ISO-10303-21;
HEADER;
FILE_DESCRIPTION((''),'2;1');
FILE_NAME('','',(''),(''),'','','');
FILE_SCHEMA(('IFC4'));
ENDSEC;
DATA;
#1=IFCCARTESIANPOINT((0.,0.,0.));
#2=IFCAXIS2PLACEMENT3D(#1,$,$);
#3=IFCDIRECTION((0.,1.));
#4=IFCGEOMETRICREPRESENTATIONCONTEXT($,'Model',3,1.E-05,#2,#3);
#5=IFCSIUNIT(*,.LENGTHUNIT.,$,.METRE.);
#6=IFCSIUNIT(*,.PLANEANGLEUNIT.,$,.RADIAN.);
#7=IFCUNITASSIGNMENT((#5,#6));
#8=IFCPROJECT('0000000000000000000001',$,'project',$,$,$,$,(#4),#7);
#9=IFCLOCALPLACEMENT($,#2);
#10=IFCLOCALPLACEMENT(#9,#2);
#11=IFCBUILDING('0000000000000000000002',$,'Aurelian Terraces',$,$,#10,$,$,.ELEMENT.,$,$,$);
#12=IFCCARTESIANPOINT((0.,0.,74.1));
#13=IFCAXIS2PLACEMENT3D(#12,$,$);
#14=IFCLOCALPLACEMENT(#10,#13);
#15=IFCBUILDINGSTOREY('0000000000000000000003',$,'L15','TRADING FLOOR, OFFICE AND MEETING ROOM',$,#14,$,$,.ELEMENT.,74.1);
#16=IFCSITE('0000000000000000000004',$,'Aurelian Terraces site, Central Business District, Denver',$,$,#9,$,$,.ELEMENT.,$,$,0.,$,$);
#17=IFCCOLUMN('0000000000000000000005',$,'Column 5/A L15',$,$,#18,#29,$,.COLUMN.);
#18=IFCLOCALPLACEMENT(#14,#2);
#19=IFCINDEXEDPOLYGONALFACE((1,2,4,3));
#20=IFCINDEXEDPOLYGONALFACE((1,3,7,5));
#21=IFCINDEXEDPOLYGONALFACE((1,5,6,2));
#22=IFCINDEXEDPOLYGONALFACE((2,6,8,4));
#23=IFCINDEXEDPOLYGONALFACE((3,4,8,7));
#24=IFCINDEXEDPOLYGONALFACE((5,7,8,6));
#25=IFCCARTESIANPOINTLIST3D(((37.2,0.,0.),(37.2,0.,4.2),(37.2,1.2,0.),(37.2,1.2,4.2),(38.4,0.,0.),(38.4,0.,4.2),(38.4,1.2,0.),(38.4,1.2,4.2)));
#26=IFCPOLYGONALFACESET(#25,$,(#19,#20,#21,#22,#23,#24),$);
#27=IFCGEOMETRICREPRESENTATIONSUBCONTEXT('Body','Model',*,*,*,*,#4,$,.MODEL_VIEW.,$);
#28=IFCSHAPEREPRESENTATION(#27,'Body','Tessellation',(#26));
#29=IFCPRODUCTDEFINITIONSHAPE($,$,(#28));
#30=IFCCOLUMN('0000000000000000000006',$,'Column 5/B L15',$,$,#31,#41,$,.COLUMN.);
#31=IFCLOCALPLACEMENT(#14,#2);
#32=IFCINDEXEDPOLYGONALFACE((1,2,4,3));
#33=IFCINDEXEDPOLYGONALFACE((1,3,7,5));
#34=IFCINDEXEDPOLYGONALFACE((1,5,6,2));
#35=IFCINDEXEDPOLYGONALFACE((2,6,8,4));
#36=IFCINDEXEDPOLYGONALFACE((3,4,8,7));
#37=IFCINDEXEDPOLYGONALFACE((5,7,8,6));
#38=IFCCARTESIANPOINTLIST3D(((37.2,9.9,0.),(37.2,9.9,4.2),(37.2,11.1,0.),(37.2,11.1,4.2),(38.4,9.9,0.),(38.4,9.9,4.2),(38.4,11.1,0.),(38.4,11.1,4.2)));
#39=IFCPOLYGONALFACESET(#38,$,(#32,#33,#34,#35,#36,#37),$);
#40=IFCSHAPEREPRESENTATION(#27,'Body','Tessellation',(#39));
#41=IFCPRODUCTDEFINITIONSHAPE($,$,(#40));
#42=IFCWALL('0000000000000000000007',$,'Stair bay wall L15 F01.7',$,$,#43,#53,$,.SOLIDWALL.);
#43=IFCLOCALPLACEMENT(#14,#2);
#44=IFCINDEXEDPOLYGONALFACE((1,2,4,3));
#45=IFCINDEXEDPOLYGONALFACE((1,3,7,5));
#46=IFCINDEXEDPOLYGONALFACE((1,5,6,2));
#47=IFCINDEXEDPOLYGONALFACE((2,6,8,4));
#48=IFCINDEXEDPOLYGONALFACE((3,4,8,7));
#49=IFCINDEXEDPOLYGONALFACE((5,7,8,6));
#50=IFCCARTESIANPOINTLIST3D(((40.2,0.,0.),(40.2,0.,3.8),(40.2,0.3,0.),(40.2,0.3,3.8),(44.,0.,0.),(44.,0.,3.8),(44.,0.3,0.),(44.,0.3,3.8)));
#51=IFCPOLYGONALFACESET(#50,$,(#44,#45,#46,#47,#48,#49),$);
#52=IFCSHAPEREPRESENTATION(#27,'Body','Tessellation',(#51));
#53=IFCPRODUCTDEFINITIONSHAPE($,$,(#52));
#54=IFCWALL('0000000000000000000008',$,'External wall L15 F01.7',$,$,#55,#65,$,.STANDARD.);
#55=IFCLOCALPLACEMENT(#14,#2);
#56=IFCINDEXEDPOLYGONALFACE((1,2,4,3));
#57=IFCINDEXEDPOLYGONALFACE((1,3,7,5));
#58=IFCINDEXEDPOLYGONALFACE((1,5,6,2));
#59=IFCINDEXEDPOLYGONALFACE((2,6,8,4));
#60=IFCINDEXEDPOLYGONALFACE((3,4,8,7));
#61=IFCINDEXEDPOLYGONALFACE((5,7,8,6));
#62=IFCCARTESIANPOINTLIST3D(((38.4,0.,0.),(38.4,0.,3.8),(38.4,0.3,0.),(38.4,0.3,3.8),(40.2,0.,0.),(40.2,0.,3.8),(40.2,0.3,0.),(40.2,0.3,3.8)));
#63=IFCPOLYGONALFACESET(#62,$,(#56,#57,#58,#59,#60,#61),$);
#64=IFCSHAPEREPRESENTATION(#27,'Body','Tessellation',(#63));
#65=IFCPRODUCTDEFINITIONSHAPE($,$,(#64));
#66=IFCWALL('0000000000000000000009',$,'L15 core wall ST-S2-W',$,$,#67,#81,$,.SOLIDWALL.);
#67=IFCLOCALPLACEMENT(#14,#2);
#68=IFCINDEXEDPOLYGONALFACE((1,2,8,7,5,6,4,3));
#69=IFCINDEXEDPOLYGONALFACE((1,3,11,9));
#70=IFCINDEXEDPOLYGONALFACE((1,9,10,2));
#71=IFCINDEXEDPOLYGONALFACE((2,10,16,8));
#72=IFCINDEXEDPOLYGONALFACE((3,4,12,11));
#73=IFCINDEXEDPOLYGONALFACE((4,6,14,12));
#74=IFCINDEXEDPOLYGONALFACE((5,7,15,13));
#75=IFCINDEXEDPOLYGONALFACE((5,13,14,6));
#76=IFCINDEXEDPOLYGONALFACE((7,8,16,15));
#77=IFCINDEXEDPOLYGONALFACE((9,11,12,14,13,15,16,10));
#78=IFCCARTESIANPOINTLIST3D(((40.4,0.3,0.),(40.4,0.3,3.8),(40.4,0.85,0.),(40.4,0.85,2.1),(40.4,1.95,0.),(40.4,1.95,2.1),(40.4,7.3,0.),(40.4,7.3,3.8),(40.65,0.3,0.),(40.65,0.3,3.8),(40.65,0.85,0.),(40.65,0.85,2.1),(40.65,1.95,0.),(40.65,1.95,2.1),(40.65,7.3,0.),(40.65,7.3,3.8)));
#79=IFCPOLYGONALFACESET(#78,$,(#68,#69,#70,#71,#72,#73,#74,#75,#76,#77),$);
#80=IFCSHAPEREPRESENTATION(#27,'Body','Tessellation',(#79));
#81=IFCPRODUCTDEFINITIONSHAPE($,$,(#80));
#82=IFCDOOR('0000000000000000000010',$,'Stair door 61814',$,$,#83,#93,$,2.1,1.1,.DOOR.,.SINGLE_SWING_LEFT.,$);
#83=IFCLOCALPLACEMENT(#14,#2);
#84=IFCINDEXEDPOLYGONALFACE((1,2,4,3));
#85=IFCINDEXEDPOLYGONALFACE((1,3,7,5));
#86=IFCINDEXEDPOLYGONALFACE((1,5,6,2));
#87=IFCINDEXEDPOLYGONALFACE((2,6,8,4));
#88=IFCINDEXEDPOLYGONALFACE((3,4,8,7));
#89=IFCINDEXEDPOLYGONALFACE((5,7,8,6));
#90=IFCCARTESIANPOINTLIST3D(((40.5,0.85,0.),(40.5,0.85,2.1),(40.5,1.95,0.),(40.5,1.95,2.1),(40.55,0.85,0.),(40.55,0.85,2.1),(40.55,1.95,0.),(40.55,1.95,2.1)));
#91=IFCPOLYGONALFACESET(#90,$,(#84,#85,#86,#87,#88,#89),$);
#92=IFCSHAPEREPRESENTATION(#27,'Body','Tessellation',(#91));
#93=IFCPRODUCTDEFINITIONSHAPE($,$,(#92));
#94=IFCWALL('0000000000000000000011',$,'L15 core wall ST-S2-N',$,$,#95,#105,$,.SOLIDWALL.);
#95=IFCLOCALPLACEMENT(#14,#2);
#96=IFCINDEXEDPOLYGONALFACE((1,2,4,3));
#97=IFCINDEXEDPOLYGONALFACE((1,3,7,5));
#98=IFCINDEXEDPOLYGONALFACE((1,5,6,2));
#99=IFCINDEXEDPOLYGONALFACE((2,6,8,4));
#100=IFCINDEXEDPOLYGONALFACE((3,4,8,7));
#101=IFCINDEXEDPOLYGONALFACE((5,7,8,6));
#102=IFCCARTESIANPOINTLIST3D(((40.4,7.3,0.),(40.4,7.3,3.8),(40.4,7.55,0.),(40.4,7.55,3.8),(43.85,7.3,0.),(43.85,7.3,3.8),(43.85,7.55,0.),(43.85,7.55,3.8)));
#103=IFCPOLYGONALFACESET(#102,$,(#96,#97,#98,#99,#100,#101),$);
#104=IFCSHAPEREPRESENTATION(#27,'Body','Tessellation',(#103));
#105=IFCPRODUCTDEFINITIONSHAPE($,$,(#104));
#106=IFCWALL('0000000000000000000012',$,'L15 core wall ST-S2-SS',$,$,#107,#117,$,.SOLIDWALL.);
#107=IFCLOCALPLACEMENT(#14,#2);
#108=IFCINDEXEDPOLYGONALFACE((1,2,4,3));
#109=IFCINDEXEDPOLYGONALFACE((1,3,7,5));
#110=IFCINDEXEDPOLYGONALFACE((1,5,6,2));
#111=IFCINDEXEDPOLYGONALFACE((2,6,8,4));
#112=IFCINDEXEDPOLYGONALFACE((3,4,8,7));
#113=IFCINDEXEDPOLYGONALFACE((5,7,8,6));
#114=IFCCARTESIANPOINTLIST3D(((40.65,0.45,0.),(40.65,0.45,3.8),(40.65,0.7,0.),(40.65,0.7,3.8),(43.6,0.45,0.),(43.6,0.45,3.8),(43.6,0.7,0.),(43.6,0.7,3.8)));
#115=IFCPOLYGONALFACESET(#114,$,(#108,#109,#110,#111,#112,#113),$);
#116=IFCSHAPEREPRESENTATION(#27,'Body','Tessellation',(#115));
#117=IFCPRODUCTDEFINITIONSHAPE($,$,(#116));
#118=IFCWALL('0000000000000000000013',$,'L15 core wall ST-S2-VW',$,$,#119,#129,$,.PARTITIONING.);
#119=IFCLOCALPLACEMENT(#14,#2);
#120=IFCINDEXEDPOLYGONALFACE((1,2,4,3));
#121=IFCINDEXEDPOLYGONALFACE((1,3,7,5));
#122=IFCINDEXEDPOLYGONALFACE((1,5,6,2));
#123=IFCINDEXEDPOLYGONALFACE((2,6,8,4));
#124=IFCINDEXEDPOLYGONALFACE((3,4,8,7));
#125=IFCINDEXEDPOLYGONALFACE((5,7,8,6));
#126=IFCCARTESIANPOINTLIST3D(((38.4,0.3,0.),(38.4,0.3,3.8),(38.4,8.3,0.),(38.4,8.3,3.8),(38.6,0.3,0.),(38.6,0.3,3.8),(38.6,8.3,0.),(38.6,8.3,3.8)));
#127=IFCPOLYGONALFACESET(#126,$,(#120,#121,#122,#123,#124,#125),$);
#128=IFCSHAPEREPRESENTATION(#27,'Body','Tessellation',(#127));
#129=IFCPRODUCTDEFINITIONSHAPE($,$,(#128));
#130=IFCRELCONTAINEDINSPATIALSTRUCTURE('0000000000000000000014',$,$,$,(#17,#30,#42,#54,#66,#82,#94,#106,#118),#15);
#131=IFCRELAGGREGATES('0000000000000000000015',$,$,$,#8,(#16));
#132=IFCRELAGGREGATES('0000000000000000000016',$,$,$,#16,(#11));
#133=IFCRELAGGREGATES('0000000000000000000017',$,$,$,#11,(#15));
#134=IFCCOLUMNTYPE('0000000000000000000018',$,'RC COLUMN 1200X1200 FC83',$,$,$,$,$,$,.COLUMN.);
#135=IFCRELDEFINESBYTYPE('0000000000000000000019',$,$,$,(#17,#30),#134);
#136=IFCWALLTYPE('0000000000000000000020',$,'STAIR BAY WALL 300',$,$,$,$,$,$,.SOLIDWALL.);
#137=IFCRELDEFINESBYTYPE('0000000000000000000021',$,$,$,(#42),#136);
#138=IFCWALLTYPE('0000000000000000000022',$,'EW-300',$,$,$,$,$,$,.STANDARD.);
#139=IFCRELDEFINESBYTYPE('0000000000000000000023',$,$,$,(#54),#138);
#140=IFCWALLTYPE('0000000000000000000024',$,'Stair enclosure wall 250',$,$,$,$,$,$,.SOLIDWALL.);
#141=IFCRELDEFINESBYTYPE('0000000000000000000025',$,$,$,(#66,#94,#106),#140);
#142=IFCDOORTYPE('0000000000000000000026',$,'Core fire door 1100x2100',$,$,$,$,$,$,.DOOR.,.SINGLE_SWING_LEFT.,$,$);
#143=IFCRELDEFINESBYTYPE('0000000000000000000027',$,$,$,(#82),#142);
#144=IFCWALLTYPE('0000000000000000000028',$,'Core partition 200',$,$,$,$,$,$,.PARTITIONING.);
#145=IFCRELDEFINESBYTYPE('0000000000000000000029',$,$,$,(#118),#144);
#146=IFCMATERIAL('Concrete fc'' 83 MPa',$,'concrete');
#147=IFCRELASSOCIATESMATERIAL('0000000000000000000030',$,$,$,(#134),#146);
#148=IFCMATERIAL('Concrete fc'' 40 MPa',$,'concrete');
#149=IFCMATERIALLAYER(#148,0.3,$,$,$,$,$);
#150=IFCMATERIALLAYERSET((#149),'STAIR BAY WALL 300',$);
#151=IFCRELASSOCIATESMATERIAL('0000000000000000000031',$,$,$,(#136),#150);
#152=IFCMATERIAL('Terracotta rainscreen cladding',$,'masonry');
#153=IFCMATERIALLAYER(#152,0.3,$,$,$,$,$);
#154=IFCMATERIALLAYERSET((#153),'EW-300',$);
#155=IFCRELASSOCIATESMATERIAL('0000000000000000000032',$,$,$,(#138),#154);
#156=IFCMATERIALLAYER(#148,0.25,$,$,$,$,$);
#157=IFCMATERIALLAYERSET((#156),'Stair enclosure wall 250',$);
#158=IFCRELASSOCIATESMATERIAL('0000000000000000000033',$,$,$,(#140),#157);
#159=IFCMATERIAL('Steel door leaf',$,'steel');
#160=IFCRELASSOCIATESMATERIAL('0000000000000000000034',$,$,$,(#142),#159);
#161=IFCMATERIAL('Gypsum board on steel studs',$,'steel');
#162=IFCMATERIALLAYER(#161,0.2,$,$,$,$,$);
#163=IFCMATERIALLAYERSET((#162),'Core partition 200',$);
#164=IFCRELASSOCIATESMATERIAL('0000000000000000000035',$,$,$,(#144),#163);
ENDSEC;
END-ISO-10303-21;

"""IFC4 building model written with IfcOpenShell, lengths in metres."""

from ifc_helpers import new_model, si_unit, direction, frame, frame_2d, origin, origin_2d, place, context, subcontext, project, spatial, rectangle, extrude, source, transform, mapped, material, layer, layer_set, material_profile, profile_set, type_object, element, fill, save


model = new_model("IFC4")

# Units and contexts
model_context = context("Model", 3, precision=1e-05, world=origin(), true_north=direction((0.0, 1.0)))
body_context = subcontext(model_context, "Body", "Model", "MODEL_VIEW")
ifc_project = project(units=[si_unit("LENGTHUNIT", "METRE"), si_unit("PLANEANGLEUNIT", "RADIAN")], contexts=[model_context])

# Site, building, storey
site_placement = place(None, origin())
site = spatial("IfcSite", under=ifc_project, at=site_placement, Name="Aurelian Terraces site, Central Business District, Denver", CompositionType="ELEMENT", RefElevation=0.0)
building_placement = place(site_placement, origin())
building = spatial("IfcBuilding", under=site, at=building_placement, Name="Aurelian Terraces", CompositionType="ELEMENT")
storey_placement = place(building_placement, frame((0.0, 0.0, 74.1)))
storey = spatial("IfcBuildingStorey", under=building, at=storey_placement, Name="L15", Description="TRADING FLOOR, OFFICE AND MEETING ROOM", CompositionType="ELEMENT", Elevation=74.1)

# Columns
ifc_material_1 = material(Name="Concrete fc' 83 MPa", Category="concrete")
ifc_material_profile = material_profile(ifc_material_1, rectangle(XDim=1.2, YDim=1.2, at=origin_2d()))
ifc_profile_set = profile_set([ifc_material_profile], Name="Concrete fc' 83 MPa")
column_type = type_object("IfcColumnType", Name="RC COLUMN 1200X1200 FC83", PredefinedType="COLUMN", material=ifc_profile_set)
shared_shape_1 = source(origin(), body_context, "Body", "SweptSolid", [
    extrude(rectangle(XDim=1.2, YDim=1.2, at=origin_2d()), origin(), (0.0, 0.0, 1.0), 4.2),
])
for number, where, z_axis, x_axis, name in (
    (1, (37.8, 0.6, 0.0), (0.0, 0.0, 1.0), (1.0, 0.0, 0.0), "Column 5/A L15"),
    (2, (37.8, 10.5, 0.0), (0.0, 0.0, 1.0), (1.0, 0.0, 0.0), "Column 5/B L15"),
):
    element("IfcColumn", number, at=place(storey_placement, frame(where, z_axis=z_axis, x_axis=x_axis)), inside=storey, type_object=column_type, Name=name, PredefinedType="COLUMN", context=body_context, shape_type="MappedRepresentation", body=[
        mapped(shared_shape_1, transform((0.0, 0.0, 0.0), scale=1.0)),
    ])

# Walls
ifc_material_2 = material(Name="Concrete fc' 40 MPa", Category="concrete")
ifc_layer_1 = layer(ifc_material_2, 0.3)
ifc_layer_set_1 = layer_set([ifc_layer_1], Name="STAIR BAY WALL 300")
wall_type_1 = type_object("IfcWallType", Name="STAIR BAY WALL 300", PredefinedType="SOLIDWALL", material=ifc_layer_set_1)
shared_shape_2 = source(origin(), body_context, "Body", "SweptSolid", [
    extrude(rectangle(XDim=3.8, YDim=0.3, at=frame_2d((1.9, 0.0))), origin(), (0.0, 0.0, 1.0), 3.8),
])
wall_1_placement = place(storey_placement, frame((40.2, 0.15, 0.0), z_axis=(0.0, 0.0, 1.0), x_axis=(1.0, 0.0, 0.0)))
element("IfcWall", 3, at=wall_1_placement, inside=storey, type_object=wall_type_1, Name="Stair bay wall L15 F01.7", PredefinedType="SOLIDWALL", context=body_context, shape_type="MappedRepresentation", body=[
    mapped(shared_shape_2, transform((0.0, 0.0, 0.0), scale=1.0)),
])
ifc_material_3 = material(Name="Terracotta rainscreen cladding", Category="masonry")
ifc_layer_2 = layer(ifc_material_3, 0.3)
ifc_layer_set_2 = layer_set([ifc_layer_2], Name="EW-300")
wall_type_2 = type_object("IfcWallType", Name="EW-300", PredefinedType="STANDARD", material=ifc_layer_set_2)
shared_shape_3 = source(origin(), body_context, "Body", "SweptSolid", [
    extrude(rectangle(XDim=1.8, YDim=0.3, at=frame_2d((0.9, 0.0))), origin(), (0.0, 0.0, 1.0), 3.8),
])
wall_2_placement = place(storey_placement, frame((38.4, 0.15, 0.0), z_axis=(0.0, 0.0, 1.0), x_axis=(1.0, 0.0, 0.0)))
element("IfcWall", 4, at=wall_2_placement, inside=storey, type_object=wall_type_2, Name="External wall L15 F01.7", PredefinedType="STANDARD", context=body_context, shape_type="MappedRepresentation", body=[
    mapped(shared_shape_3, transform((0.0, 0.0, 0.0), scale=1.0)),
])

# Wall, opening, door
ifc_layer_3 = layer(ifc_material_2, 0.25)
ifc_layer_set_3 = layer_set([ifc_layer_3], Name="Stair enclosure wall 250")
wall_type_3 = type_object("IfcWallType", Name="Stair enclosure wall 250", PredefinedType="SOLIDWALL", material=ifc_layer_set_3)
shared_shape_4 = source(origin(), body_context, "Body", "SweptSolid", [
    extrude(rectangle(XDim=7.0, YDim=0.25, at=frame_2d((3.5, 0.0))), origin(), (0.0, 0.0, 1.0), 3.8),
])
wall_3_placement = place(storey_placement, frame((40.525, 0.3, 0.0), z_axis=(0.0, 0.0, 1.0), x_axis=(0.0, 1.0, 0.0)))
wall_3 = element("IfcWall", 5, at=wall_3_placement, inside=storey, type_object=wall_type_3, Name="L15 core wall ST-S2-W", PredefinedType="SOLIDWALL", context=body_context, shape_type="MappedRepresentation", body=[
    mapped(shared_shape_4, transform((0.0, 0.0, 0.0), scale=1.0)),
])
shared_shape_5 = source(origin(), body_context, "Body", "SweptSolid", [
    extrude(rectangle(XDim=1.1, YDim=2.1, at=frame_2d((0.55, 1.05))), frame((0.0, 0.135, 0.0), z_axis=(0.0, -1.0, 0.0), x_axis=(1.0, 0.0, 0.0)), (0.0, 0.0, 1.0), 0.27),
])
opening_1_placement = place(wall_3_placement, frame((0.55, 0.0, 0.0)))
opening_1 = element("IfcOpeningElement", 6, at=opening_1_placement, cuts=wall_3, PredefinedType="OPENING", context=body_context, shape_type="MappedRepresentation", body=[
    mapped(shared_shape_5, transform((0.0, 0.0, 0.0), scale=1.0)),
])
ifc_material_4 = material(Name="Steel door leaf", Category="steel")
door_type_1 = type_object("IfcDoorType", Name="Core fire door 1100x2100", OperationType="SINGLE_SWING_LEFT", PredefinedType="DOOR", material=ifc_material_4)
shared_shape_6 = source(origin(), body_context, "Body", "SweptSolid", [
    extrude(rectangle(XDim=1.1, YDim=2.1, at=frame_2d((0.55, 1.05))), frame((0.0, 0.025, 0.0), z_axis=(0.0, -1.0, 0.0), x_axis=(1.0, 0.0, 0.0)), (0.0, 0.0, 1.0), 0.05),
])
door_1_placement = place(opening_1_placement, origin())
door_1 = element("IfcDoor", 7, at=door_1_placement, inside=storey, type_object=door_type_1, Name="Stair door 61814", OperationType="SINGLE_SWING_LEFT", OverallHeight=2.1, OverallWidth=1.1, PredefinedType="DOOR", context=body_context, shape_type="MappedRepresentation", body=[
    mapped(shared_shape_6, transform((0.0, 0.0, 0.0), scale=1.0)),
])
fill(opening_1, door_1)

# Walls
shared_shape_7 = source(origin(), body_context, "Body", "SweptSolid", [
    extrude(rectangle(XDim=3.45, YDim=0.25, at=frame_2d((1.725, 0.0))), origin(), (0.0, 0.0, 1.0), 3.8),
])
wall_4_placement = place(storey_placement, frame((40.4, 7.425, 0.0), z_axis=(0.0, 0.0, 1.0), x_axis=(1.0, 0.0, 0.0)))
element("IfcWall", 8, at=wall_4_placement, inside=storey, type_object=wall_type_3, Name="L15 core wall ST-S2-N", PredefinedType="SOLIDWALL", context=body_context, shape_type="MappedRepresentation", body=[
    mapped(shared_shape_7, transform((0.0, 0.0, 0.0), scale=1.0)),
])
shared_shape_8 = source(origin(), body_context, "Body", "SweptSolid", [
    extrude(rectangle(XDim=2.95, YDim=0.25, at=frame_2d((1.475, 0.0))), origin(), (0.0, 0.0, 1.0), 3.8),
])
wall_5_placement = place(storey_placement, frame((40.65, 0.575, 0.0), z_axis=(0.0, 0.0, 1.0), x_axis=(1.0, 0.0, 0.0)))
element("IfcWall", 9, at=wall_5_placement, inside=storey, type_object=wall_type_3, Name="L15 core wall ST-S2-SS", PredefinedType="SOLIDWALL", context=body_context, shape_type="MappedRepresentation", body=[
    mapped(shared_shape_8, transform((0.0, 0.0, 0.0), scale=1.0)),
])
ifc_material_5 = material(Name="Gypsum board on steel studs", Category="steel")
ifc_layer_4 = layer(ifc_material_5, 0.2)
ifc_layer_set_4 = layer_set([ifc_layer_4], Name="Core partition 200")
wall_type_4 = type_object("IfcWallType", Name="Core partition 200", PredefinedType="PARTITIONING", material=ifc_layer_set_4)
shared_shape_9 = source(origin(), body_context, "Body", "SweptSolid", [
    extrude(rectangle(XDim=8.0, YDim=0.2, at=frame_2d((4.0, 0.0))), origin(), (0.0, 0.0, 1.0), 3.8),
])
wall_6_placement = place(storey_placement, frame((38.5, 0.3, 0.0), z_axis=(0.0, 0.0, 1.0), x_axis=(0.0, 1.0, 0.0)))
element("IfcWall", 10, at=wall_6_placement, inside=storey, type_object=wall_type_4, Name="L15 core wall ST-S2-VW", PredefinedType="PARTITIONING", context=body_context, shape_type="MappedRepresentation", body=[
    mapped(shared_shape_9, transform((0.0, 0.0, 0.0), scale=1.0)),
])

save(model, "model.ifc")
